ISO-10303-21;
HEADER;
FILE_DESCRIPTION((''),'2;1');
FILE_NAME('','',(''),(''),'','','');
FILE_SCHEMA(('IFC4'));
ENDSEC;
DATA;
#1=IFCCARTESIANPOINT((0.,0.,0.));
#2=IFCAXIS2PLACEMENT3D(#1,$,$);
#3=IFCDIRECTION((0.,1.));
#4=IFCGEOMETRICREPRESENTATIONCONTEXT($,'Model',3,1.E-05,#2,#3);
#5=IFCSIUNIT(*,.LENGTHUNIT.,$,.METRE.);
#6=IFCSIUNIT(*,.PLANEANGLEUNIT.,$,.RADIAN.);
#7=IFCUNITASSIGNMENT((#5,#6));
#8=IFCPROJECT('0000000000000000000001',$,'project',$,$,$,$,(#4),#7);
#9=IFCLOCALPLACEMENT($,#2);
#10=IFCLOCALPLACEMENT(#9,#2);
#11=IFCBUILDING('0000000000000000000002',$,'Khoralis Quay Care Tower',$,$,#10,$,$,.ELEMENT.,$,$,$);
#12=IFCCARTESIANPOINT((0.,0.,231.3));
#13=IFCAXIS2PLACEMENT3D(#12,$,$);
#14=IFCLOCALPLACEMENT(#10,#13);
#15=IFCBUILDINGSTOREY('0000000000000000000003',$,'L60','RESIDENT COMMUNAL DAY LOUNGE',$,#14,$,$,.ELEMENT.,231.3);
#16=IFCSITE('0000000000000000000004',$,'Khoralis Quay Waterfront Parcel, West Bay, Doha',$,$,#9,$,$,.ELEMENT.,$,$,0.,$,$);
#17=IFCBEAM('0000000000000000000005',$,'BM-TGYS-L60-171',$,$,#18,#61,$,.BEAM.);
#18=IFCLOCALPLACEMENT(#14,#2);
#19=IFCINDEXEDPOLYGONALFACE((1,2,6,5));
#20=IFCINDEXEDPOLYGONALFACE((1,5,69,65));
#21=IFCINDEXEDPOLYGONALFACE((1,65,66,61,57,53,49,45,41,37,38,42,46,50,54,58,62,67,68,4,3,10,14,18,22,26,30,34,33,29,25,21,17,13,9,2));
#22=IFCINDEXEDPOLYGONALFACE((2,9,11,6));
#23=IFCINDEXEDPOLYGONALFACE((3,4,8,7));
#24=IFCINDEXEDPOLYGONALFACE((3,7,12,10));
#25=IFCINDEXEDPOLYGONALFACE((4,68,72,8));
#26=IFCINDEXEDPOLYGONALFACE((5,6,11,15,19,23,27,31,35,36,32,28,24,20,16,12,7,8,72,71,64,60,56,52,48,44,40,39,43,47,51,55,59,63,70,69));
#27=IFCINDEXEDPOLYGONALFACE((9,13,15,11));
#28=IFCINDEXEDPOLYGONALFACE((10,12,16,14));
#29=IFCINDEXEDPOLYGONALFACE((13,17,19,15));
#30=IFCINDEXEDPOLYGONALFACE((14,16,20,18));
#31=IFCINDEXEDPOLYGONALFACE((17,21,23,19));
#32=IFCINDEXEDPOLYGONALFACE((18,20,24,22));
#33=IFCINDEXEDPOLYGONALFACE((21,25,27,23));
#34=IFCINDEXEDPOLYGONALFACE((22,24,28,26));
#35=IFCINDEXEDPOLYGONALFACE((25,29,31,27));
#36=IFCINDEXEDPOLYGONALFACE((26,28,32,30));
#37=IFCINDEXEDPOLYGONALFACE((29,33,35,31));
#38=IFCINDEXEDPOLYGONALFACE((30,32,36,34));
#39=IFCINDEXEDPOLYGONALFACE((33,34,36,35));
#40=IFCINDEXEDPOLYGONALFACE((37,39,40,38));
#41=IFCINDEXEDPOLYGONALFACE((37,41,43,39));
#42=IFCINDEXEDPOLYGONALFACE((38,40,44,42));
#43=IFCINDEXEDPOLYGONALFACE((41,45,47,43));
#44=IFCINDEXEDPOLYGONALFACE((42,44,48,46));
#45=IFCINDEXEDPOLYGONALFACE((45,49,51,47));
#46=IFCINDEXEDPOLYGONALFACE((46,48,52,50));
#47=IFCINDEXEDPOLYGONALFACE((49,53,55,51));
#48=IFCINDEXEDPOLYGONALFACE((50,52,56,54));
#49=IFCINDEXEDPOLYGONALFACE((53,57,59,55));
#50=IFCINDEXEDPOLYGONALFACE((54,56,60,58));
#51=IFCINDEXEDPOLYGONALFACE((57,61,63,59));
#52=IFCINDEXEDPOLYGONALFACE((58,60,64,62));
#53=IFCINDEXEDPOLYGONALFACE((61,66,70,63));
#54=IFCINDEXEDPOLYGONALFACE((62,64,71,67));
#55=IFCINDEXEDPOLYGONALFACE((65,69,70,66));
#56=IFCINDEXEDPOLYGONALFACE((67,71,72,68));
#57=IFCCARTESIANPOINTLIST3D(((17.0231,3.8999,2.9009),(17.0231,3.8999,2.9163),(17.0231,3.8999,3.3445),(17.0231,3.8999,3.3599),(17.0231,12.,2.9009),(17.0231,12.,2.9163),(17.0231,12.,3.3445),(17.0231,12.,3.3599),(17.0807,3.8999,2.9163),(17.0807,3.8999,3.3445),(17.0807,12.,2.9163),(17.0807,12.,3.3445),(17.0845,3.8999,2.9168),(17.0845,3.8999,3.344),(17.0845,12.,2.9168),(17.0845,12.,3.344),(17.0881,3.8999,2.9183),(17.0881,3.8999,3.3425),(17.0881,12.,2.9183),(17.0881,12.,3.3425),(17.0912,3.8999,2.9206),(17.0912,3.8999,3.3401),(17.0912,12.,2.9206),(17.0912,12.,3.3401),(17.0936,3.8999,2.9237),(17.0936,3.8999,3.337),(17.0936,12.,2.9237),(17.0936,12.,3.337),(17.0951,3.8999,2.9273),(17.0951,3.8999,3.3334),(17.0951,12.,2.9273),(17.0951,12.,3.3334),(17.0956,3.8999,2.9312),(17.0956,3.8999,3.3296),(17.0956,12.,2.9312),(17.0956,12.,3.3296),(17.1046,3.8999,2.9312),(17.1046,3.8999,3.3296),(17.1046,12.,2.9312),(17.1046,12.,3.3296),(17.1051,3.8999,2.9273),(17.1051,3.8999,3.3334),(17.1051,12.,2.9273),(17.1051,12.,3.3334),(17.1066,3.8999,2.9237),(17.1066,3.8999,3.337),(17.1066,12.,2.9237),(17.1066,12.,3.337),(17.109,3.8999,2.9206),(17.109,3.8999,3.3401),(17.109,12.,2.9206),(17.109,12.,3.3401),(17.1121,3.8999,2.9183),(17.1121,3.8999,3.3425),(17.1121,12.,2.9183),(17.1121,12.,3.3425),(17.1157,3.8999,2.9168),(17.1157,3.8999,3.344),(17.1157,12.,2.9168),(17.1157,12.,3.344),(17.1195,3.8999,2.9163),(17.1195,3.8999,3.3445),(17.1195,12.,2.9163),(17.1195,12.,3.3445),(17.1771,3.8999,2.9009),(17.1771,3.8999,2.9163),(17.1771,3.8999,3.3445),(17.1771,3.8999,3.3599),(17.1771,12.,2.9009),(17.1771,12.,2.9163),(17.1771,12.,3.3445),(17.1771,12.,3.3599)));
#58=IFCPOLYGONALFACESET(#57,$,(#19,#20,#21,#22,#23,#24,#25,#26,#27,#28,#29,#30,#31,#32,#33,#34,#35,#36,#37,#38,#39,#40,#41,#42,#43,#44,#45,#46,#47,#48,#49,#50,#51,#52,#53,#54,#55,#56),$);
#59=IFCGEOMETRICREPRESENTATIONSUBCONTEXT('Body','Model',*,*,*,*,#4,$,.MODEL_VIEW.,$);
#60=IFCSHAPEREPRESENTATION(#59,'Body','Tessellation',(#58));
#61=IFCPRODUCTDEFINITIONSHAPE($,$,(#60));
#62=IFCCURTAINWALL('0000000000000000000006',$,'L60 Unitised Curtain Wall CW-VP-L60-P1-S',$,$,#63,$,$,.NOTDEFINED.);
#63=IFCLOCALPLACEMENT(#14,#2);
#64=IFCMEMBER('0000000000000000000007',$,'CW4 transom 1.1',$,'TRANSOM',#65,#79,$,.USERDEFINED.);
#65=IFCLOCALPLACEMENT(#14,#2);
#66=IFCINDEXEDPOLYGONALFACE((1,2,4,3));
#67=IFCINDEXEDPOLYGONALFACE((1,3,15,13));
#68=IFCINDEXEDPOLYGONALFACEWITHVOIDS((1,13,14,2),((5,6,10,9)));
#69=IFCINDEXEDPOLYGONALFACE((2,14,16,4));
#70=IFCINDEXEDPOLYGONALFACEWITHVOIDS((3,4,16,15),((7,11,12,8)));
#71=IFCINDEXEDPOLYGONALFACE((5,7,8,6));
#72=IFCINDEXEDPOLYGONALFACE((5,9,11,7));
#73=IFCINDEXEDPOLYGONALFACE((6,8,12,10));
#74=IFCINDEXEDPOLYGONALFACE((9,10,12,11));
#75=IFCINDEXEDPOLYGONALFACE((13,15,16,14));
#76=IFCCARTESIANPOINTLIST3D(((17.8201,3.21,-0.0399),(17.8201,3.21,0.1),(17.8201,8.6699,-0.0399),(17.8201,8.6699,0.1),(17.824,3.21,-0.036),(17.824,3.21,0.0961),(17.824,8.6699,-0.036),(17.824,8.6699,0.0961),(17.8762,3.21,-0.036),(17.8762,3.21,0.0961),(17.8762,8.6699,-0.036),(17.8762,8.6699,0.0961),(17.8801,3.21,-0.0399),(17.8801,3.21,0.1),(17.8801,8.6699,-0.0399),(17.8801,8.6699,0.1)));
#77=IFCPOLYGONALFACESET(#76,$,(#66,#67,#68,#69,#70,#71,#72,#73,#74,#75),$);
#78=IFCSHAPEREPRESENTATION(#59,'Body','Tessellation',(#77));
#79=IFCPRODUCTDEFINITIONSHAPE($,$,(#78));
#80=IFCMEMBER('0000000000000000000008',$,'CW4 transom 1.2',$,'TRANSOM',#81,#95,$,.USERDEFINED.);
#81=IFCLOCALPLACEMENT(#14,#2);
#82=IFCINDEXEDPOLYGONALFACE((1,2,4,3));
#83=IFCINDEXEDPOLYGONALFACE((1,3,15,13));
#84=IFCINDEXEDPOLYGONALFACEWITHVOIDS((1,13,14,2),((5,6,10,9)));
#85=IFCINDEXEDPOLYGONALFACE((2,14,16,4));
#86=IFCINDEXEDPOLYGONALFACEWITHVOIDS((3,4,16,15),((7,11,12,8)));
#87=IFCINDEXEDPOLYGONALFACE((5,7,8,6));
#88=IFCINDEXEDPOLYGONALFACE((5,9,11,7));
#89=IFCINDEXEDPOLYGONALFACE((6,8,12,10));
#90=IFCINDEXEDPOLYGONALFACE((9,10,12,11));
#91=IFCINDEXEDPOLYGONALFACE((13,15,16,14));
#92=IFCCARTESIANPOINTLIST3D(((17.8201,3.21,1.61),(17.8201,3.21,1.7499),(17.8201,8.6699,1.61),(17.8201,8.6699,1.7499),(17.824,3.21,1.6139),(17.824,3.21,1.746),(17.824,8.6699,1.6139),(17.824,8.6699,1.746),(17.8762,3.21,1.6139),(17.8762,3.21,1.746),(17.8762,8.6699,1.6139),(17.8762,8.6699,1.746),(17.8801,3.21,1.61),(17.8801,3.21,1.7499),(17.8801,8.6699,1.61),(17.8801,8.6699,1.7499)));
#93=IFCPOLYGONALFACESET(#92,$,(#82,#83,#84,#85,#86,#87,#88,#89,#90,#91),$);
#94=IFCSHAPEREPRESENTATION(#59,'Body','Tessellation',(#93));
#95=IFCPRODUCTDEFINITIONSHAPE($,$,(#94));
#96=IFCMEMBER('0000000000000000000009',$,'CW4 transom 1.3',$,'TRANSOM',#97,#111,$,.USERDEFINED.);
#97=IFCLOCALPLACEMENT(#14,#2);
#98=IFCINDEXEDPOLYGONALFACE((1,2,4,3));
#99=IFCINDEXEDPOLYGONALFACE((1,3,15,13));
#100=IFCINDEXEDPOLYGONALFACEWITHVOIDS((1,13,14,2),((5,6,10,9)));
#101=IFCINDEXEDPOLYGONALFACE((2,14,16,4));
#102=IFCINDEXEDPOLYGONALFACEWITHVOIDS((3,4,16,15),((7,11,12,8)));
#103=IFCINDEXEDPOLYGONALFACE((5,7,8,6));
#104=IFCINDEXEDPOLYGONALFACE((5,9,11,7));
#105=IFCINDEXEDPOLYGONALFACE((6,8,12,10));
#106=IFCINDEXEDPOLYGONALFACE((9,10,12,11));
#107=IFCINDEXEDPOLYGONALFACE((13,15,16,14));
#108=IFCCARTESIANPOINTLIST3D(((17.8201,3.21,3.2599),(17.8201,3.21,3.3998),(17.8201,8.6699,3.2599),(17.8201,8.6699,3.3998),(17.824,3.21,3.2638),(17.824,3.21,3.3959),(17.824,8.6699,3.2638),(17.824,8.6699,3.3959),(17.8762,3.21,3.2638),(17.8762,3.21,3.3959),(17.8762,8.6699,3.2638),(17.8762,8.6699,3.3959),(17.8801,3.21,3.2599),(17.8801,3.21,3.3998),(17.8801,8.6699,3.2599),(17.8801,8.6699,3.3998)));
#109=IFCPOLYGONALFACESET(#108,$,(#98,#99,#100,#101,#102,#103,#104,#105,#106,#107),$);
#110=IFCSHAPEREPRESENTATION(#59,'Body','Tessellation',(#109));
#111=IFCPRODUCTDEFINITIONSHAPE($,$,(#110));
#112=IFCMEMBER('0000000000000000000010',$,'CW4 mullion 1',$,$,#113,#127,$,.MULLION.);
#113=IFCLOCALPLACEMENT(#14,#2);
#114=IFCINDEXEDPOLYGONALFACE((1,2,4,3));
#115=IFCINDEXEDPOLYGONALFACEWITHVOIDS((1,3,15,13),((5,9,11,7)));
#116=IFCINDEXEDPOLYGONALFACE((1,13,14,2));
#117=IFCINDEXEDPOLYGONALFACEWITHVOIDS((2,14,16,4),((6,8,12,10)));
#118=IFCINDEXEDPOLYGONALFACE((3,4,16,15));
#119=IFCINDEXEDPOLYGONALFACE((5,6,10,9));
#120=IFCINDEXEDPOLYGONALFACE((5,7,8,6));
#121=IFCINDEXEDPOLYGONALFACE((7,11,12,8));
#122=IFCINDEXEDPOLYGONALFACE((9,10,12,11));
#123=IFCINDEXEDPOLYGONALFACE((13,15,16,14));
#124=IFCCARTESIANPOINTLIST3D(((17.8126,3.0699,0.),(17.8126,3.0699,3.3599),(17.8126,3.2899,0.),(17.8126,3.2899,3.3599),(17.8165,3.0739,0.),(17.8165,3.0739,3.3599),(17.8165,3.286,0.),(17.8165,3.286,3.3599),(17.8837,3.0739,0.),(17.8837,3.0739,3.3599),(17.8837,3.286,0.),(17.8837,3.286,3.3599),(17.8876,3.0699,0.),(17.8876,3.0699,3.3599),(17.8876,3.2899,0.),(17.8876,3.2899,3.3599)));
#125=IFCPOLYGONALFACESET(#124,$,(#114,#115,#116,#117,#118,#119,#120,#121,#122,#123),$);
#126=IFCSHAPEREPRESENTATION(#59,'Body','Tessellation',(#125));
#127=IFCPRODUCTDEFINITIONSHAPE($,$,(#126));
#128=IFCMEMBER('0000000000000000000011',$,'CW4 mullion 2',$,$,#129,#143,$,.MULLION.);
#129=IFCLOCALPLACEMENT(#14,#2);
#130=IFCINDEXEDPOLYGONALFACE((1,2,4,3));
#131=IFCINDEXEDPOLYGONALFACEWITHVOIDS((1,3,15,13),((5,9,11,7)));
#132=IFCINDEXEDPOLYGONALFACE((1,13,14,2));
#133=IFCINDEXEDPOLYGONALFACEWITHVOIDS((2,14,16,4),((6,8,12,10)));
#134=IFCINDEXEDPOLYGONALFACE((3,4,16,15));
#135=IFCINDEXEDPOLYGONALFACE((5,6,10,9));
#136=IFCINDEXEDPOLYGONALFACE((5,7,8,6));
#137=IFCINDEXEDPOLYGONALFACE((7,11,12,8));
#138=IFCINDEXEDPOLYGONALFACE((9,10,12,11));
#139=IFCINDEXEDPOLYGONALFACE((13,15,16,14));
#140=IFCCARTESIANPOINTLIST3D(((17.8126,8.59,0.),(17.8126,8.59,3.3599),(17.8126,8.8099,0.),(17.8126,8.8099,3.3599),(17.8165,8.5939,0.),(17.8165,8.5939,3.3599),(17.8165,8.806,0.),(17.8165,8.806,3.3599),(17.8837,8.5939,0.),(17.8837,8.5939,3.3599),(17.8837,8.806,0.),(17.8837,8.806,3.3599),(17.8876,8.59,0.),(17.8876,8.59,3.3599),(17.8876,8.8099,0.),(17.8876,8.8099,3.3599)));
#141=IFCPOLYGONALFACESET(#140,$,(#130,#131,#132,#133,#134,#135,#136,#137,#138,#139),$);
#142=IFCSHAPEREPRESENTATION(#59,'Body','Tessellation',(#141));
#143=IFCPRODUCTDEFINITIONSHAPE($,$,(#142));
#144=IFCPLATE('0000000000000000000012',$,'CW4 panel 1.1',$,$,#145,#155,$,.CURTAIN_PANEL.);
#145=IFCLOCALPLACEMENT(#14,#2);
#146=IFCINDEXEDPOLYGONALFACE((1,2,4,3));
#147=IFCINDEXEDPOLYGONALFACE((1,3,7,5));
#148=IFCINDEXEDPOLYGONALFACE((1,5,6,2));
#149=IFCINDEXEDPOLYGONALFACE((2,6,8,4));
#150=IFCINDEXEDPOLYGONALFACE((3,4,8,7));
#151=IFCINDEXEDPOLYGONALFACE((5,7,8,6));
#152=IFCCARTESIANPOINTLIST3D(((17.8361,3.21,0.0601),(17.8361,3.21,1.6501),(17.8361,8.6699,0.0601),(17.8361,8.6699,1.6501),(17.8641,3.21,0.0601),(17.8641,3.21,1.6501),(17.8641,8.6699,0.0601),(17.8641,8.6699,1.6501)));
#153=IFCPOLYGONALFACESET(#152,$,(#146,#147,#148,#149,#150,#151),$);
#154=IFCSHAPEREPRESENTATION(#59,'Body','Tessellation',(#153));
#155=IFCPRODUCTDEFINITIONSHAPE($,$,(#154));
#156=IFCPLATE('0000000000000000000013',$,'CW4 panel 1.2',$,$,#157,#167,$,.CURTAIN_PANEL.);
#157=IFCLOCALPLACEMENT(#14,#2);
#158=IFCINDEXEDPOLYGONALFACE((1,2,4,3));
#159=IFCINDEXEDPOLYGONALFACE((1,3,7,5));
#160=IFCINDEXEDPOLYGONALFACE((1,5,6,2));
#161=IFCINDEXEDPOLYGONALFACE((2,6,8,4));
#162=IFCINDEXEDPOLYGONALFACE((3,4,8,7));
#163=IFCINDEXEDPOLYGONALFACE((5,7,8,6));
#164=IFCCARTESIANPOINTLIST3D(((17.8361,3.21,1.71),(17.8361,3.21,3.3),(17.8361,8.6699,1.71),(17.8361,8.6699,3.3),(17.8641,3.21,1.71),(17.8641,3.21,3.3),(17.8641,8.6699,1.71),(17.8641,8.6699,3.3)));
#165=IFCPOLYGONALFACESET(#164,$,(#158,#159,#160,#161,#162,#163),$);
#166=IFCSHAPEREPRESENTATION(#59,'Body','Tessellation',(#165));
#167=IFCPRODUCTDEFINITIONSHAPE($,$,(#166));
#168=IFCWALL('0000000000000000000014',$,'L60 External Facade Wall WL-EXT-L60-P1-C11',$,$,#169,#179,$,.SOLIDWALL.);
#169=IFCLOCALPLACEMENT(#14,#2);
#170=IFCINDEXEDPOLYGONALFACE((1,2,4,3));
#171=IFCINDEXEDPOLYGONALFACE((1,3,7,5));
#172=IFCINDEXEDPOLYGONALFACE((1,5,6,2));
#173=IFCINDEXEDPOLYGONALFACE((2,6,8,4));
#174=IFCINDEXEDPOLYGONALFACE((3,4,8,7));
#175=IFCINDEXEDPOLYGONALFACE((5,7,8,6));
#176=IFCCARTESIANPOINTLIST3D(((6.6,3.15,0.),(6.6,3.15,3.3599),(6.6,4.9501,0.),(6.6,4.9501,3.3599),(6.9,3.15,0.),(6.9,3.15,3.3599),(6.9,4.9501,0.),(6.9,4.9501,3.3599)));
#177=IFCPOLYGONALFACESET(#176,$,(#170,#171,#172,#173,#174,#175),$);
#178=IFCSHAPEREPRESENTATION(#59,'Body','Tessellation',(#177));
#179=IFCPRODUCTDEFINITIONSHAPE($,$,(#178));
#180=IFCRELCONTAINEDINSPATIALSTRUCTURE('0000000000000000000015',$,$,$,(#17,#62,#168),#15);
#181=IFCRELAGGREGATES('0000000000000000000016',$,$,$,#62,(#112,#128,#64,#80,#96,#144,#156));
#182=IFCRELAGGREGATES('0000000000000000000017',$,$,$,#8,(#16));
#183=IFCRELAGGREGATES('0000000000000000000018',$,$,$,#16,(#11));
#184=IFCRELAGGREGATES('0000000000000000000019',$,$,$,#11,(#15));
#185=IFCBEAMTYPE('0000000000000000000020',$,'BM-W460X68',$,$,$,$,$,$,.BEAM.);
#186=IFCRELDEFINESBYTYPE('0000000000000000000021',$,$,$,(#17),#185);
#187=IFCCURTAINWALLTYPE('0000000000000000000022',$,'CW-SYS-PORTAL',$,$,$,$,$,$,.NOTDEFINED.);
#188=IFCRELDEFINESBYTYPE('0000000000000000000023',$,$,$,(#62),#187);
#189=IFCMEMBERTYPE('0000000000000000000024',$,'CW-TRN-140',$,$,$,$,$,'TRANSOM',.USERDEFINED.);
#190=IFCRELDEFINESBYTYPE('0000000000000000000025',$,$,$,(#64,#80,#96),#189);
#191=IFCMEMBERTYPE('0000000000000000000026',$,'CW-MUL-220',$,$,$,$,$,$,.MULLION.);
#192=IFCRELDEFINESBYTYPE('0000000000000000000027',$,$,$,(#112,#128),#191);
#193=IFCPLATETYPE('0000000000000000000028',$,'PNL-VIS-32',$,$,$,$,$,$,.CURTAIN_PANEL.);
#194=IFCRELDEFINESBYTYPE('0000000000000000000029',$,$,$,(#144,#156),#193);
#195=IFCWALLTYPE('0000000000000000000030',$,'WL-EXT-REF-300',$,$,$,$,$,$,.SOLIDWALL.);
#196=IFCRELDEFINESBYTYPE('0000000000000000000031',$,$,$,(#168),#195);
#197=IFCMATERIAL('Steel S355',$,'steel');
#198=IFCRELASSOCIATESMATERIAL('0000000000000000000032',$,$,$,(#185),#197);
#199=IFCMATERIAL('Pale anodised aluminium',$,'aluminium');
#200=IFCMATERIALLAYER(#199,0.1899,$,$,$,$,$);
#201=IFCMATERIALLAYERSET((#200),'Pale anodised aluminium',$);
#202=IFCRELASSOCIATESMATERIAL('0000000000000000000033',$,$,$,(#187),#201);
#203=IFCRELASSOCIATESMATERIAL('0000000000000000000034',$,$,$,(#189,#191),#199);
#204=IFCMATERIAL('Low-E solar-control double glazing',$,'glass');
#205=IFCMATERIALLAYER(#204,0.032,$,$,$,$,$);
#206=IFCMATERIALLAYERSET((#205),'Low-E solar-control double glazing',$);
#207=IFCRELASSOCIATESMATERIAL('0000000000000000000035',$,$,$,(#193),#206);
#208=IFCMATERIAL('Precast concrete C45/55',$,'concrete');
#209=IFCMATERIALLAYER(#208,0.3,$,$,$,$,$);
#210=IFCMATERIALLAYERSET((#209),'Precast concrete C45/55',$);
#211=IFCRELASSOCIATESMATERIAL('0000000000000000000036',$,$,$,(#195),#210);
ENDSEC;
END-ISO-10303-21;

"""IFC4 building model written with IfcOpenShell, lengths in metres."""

from ifc_helpers import new_model, si_unit, direction, frame, frame_2d, origin, origin_2d, place, context, subcontext, project, spatial, rectangle, hollow_rectangle, i_section, extrude, source, transform, mapped, material, layer, layer_set, material_profile, profile_set, type_object, element, aggregate, save


model = new_model("IFC4")

# Units and contexts
model_context = context("Model", 3, precision=1e-05, world=origin(), true_north=direction((0.0, 1.0)))
body_context = subcontext(model_context, "Body", "Model", "MODEL_VIEW")
ifc_project = project(units=[si_unit("LENGTHUNIT", "METRE"), si_unit("PLANEANGLEUNIT", "RADIAN")], contexts=[model_context])

# Site, building, storey
site_placement = place(None, origin())
site = spatial("IfcSite", under=ifc_project, at=site_placement, Name="Khoralis Quay Waterfront Parcel, West Bay, Doha", CompositionType="ELEMENT", RefElevation=0.0)
building_placement = place(site_placement, origin())
building = spatial("IfcBuilding", under=site, at=building_placement, Name="Khoralis Quay Care Tower", CompositionType="ELEMENT")
storey_placement = place(building_placement, frame((0.0, 0.0, 231.3)))
storey = spatial("IfcBuildingStorey", under=building, at=storey_placement, Name="L60", Description="RESIDENT COMMUNAL DAY LOUNGE", CompositionType="ELEMENT", Elevation=231.3)

# Beam
ifc_material_1 = material(Name="Steel S355", Category="steel")
ifc_material_profile_1 = material_profile(ifc_material_1, i_section(OverallWidth=0.1541, OverallDepth=0.459, WebThickness=0.009, FlangeThickness=0.0154, FilletRadius=0.0149, at=origin_2d()), Name="Steel S355")
ifc_profile_set_1 = profile_set([ifc_material_profile_1], Name="Steel S355")
beam_type_1 = type_object("IfcBeamType", Name="BM-W460X68", PredefinedType="BEAM", material=ifc_profile_set_1)
shared_shape_1 = source(origin(), body_context, "Body", "SweptSolid", [
    extrude(i_section(OverallWidth=0.1541, OverallDepth=0.459, WebThickness=0.009, FlangeThickness=0.0154, FilletRadius=0.0149, at=origin_2d()), origin(), (0.0, 0.0, 1.0), 8.1001),
])
beam_1_placement = place(storey_placement, frame((17.1001, 3.8999, 3.1304), z_axis=(0.0, 1.0, 0.0), x_axis=(-1.0, 0.0, 0.0)))
element("IfcBeam", 1, at=beam_1_placement, inside=storey, type_object=beam_type_1, Name="BM-TGYS-L60-171", PredefinedType="BEAM", context=body_context, shape_type="MappedRepresentation", body=[
    mapped(shared_shape_1, transform((0.0, 0.0, 0.0), scale=1.0)),
])

# Curtain wall, members, plates
ifc_material_2 = material(Name="Pale anodised aluminium", Category="aluminium")
ifc_layer_1 = layer(ifc_material_2, 0.1899)
ifc_layer_set_1 = layer_set([ifc_layer_1], Name="Pale anodised aluminium")
curtain_wall_type = type_object("IfcCurtainWallType", Name="CW-SYS-PORTAL", PredefinedType="NOTDEFINED", material=ifc_layer_set_1)
curtain_wall_placement = place(storey_placement, origin())
curtain_wall = element("IfcCurtainWall", 2, at=curtain_wall_placement, inside=storey, type_object=curtain_wall_type, Name="L60 Unitised Curtain Wall CW-VP-L60-P1-S", PredefinedType="NOTDEFINED")
ifc_material_profile_2 = material_profile(ifc_material_2, hollow_rectangle(XDim=0.0601, YDim=0.1399, WallThickness=0.0039, at=origin_2d()), Name="Pale anodised aluminium")
ifc_profile_set_2 = profile_set([ifc_material_profile_2], Name="Pale anodised aluminium")
member_type_1 = type_object("IfcMemberType", Name="CW-TRN-140", ElementType="TRANSOM", PredefinedType="USERDEFINED", material=ifc_profile_set_2)
shared_shape_2 = source(origin(), body_context, "Body", "SweptSolid", [
    extrude(hollow_rectangle(XDim=0.0601, YDim=0.1399, WallThickness=0.0039, at=origin_2d()), origin(), (0.0, 0.0, 1.0), 5.46),
])
member_1_placement = place(storey_placement, frame((17.8501, 3.21, 0.03), z_axis=(0.0, 1.0, 0.0), x_axis=(-1.0, 0.0, 0.0)))
member_1 = element("IfcMember", 3, at=member_1_placement, type_object=member_type_1, Name="CW4 transom 1.1", ObjectType="TRANSOM", PredefinedType="USERDEFINED", context=body_context, shape_type="MappedRepresentation", body=[
    mapped(shared_shape_2, transform((0.0, 0.0, 0.0), scale=1.0)),
])
member_2_placement = place(storey_placement, frame((17.8501, 3.21, 1.6799), z_axis=(0.0, 1.0, 0.0), x_axis=(-1.0, 0.0, 0.0)))
member_2 = element("IfcMember", 4, at=member_2_placement, type_object=member_type_1, Name="CW4 transom 1.2", ObjectType="TRANSOM", PredefinedType="USERDEFINED", context=body_context, shape_type="MappedRepresentation", body=[
    mapped(shared_shape_2, transform((0.0, 0.0, 0.0), scale=1.0)),
])
member_3_placement = place(storey_placement, frame((17.8501, 3.21, 3.3298), z_axis=(0.0, 1.0, 0.0), x_axis=(-1.0, 0.0, 0.0)))
member_3 = element("IfcMember", 5, at=member_3_placement, type_object=member_type_1, Name="CW4 transom 1.3", ObjectType="TRANSOM", PredefinedType="USERDEFINED", context=body_context, shape_type="MappedRepresentation", body=[
    mapped(shared_shape_2, transform((0.0, 0.0, 0.0), scale=1.0)),
])
ifc_material_profile_3 = material_profile(ifc_material_2, hollow_rectangle(XDim=0.075, YDim=0.22, WallThickness=0.0039, at=origin_2d()), Name="Pale anodised aluminium")
ifc_profile_set_3 = profile_set([ifc_material_profile_3], Name="Pale anodised aluminium")
member_type_2 = type_object("IfcMemberType", Name="CW-MUL-220", PredefinedType="MULLION", material=ifc_profile_set_3)
shared_shape_3 = source(origin(), body_context, "Body", "SweptSolid", [
    extrude(hollow_rectangle(XDim=0.075, YDim=0.22, WallThickness=0.0039, at=origin_2d()), origin(), (0.0, 0.0, 1.0), 3.3599),
])
member_4_placement = place(storey_placement, frame((17.8501, 3.1799, 0.0), z_axis=(0.0, 0.0, 1.0), x_axis=(-1.0, 0.0, 0.0)))
member_4 = element("IfcMember", 6, at=member_4_placement, type_object=member_type_2, Name="CW4 mullion 1", PredefinedType="MULLION", context=body_context, shape_type="MappedRepresentation", body=[
    mapped(shared_shape_3, transform((0.0, 0.0, 0.0), scale=1.0)),
])
member_5_placement = place(storey_placement, frame((17.8501, 8.7, 0.0), z_axis=(0.0, 0.0, 1.0), x_axis=(-1.0, 0.0, 0.0)))
member_5 = element("IfcMember", 7, at=member_5_placement, type_object=member_type_2, Name="CW4 mullion 2", PredefinedType="MULLION", context=body_context, shape_type="MappedRepresentation", body=[
    mapped(shared_shape_3, transform((0.0, 0.0, 0.0), scale=1.0)),
])
ifc_material_3 = material(Name="Low-E solar-control double glazing", Category="glass")
ifc_layer_2 = layer(ifc_material_3, 0.032)
ifc_layer_set_2 = layer_set([ifc_layer_2], Name="Low-E solar-control double glazing")
plate_type = type_object("IfcPlateType", Name="PNL-VIS-32", PredefinedType="CURTAIN_PANEL", material=ifc_layer_set_2)
shared_shape_4 = source(origin(), body_context, "Body", "SweptSolid", [
    extrude(rectangle(XDim=5.46, YDim=0.0281, at=origin_2d()), origin(), (0.0, 0.0, 1.0), 1.5901),
])
plate_1_placement = place(storey_placement, frame((17.8501, 5.9399, 0.0601), z_axis=(0.0, 0.0, 1.0), x_axis=(0.0, 1.0, 0.0)))
plate_1 = element("IfcPlate", 8, at=plate_1_placement, type_object=plate_type, Name="CW4 panel 1.1", PredefinedType="CURTAIN_PANEL", context=body_context, shape_type="MappedRepresentation", body=[
    mapped(shared_shape_4, transform((0.0, 0.0, 0.0), scale=1.0)),
])
plate_2_placement = place(storey_placement, frame((17.8501, 5.9399, 1.71), z_axis=(0.0, 0.0, 1.0), x_axis=(0.0, 1.0, 0.0)))
plate_2 = element("IfcPlate", 9, at=plate_2_placement, type_object=plate_type, Name="CW4 panel 1.2", PredefinedType="CURTAIN_PANEL", context=body_context, shape_type="MappedRepresentation", body=[
    mapped(shared_shape_4, transform((0.0, 0.0, 0.0), scale=1.0)),
])
aggregate(curtain_wall, [member_4, member_5, member_1, member_2, member_3, plate_1, plate_2])

# Wall
ifc_material_4 = material(Name="Precast concrete C45/55", Category="concrete")
ifc_layer_3 = layer(ifc_material_4, 0.3)
ifc_layer_set_3 = layer_set([ifc_layer_3], Name="Precast concrete C45/55")
wall_type_1 = type_object("IfcWallType", Name="WL-EXT-REF-300", PredefinedType="SOLIDWALL", material=ifc_layer_set_3)
wall_1_placement = place(storey_placement, frame((6.75, 4.95, 0.0), z_axis=(0.0, 0.0, 1.0), x_axis=(0.0, -1.0, 0.0)))
element("IfcWall", 10, at=wall_1_placement, inside=storey, type_object=wall_type_1, Name="L60 External Facade Wall WL-EXT-L60-P1-C11", PredefinedType="SOLIDWALL", context=body_context, shape_type="SweptSolid", body=[
    extrude(rectangle(XDim=1.8, YDim=0.3, at=frame_2d((0.8999, 0.0))), origin(), (0.0, 0.0, 1.0), 3.3599),
])

save(model, "model.ifc")
